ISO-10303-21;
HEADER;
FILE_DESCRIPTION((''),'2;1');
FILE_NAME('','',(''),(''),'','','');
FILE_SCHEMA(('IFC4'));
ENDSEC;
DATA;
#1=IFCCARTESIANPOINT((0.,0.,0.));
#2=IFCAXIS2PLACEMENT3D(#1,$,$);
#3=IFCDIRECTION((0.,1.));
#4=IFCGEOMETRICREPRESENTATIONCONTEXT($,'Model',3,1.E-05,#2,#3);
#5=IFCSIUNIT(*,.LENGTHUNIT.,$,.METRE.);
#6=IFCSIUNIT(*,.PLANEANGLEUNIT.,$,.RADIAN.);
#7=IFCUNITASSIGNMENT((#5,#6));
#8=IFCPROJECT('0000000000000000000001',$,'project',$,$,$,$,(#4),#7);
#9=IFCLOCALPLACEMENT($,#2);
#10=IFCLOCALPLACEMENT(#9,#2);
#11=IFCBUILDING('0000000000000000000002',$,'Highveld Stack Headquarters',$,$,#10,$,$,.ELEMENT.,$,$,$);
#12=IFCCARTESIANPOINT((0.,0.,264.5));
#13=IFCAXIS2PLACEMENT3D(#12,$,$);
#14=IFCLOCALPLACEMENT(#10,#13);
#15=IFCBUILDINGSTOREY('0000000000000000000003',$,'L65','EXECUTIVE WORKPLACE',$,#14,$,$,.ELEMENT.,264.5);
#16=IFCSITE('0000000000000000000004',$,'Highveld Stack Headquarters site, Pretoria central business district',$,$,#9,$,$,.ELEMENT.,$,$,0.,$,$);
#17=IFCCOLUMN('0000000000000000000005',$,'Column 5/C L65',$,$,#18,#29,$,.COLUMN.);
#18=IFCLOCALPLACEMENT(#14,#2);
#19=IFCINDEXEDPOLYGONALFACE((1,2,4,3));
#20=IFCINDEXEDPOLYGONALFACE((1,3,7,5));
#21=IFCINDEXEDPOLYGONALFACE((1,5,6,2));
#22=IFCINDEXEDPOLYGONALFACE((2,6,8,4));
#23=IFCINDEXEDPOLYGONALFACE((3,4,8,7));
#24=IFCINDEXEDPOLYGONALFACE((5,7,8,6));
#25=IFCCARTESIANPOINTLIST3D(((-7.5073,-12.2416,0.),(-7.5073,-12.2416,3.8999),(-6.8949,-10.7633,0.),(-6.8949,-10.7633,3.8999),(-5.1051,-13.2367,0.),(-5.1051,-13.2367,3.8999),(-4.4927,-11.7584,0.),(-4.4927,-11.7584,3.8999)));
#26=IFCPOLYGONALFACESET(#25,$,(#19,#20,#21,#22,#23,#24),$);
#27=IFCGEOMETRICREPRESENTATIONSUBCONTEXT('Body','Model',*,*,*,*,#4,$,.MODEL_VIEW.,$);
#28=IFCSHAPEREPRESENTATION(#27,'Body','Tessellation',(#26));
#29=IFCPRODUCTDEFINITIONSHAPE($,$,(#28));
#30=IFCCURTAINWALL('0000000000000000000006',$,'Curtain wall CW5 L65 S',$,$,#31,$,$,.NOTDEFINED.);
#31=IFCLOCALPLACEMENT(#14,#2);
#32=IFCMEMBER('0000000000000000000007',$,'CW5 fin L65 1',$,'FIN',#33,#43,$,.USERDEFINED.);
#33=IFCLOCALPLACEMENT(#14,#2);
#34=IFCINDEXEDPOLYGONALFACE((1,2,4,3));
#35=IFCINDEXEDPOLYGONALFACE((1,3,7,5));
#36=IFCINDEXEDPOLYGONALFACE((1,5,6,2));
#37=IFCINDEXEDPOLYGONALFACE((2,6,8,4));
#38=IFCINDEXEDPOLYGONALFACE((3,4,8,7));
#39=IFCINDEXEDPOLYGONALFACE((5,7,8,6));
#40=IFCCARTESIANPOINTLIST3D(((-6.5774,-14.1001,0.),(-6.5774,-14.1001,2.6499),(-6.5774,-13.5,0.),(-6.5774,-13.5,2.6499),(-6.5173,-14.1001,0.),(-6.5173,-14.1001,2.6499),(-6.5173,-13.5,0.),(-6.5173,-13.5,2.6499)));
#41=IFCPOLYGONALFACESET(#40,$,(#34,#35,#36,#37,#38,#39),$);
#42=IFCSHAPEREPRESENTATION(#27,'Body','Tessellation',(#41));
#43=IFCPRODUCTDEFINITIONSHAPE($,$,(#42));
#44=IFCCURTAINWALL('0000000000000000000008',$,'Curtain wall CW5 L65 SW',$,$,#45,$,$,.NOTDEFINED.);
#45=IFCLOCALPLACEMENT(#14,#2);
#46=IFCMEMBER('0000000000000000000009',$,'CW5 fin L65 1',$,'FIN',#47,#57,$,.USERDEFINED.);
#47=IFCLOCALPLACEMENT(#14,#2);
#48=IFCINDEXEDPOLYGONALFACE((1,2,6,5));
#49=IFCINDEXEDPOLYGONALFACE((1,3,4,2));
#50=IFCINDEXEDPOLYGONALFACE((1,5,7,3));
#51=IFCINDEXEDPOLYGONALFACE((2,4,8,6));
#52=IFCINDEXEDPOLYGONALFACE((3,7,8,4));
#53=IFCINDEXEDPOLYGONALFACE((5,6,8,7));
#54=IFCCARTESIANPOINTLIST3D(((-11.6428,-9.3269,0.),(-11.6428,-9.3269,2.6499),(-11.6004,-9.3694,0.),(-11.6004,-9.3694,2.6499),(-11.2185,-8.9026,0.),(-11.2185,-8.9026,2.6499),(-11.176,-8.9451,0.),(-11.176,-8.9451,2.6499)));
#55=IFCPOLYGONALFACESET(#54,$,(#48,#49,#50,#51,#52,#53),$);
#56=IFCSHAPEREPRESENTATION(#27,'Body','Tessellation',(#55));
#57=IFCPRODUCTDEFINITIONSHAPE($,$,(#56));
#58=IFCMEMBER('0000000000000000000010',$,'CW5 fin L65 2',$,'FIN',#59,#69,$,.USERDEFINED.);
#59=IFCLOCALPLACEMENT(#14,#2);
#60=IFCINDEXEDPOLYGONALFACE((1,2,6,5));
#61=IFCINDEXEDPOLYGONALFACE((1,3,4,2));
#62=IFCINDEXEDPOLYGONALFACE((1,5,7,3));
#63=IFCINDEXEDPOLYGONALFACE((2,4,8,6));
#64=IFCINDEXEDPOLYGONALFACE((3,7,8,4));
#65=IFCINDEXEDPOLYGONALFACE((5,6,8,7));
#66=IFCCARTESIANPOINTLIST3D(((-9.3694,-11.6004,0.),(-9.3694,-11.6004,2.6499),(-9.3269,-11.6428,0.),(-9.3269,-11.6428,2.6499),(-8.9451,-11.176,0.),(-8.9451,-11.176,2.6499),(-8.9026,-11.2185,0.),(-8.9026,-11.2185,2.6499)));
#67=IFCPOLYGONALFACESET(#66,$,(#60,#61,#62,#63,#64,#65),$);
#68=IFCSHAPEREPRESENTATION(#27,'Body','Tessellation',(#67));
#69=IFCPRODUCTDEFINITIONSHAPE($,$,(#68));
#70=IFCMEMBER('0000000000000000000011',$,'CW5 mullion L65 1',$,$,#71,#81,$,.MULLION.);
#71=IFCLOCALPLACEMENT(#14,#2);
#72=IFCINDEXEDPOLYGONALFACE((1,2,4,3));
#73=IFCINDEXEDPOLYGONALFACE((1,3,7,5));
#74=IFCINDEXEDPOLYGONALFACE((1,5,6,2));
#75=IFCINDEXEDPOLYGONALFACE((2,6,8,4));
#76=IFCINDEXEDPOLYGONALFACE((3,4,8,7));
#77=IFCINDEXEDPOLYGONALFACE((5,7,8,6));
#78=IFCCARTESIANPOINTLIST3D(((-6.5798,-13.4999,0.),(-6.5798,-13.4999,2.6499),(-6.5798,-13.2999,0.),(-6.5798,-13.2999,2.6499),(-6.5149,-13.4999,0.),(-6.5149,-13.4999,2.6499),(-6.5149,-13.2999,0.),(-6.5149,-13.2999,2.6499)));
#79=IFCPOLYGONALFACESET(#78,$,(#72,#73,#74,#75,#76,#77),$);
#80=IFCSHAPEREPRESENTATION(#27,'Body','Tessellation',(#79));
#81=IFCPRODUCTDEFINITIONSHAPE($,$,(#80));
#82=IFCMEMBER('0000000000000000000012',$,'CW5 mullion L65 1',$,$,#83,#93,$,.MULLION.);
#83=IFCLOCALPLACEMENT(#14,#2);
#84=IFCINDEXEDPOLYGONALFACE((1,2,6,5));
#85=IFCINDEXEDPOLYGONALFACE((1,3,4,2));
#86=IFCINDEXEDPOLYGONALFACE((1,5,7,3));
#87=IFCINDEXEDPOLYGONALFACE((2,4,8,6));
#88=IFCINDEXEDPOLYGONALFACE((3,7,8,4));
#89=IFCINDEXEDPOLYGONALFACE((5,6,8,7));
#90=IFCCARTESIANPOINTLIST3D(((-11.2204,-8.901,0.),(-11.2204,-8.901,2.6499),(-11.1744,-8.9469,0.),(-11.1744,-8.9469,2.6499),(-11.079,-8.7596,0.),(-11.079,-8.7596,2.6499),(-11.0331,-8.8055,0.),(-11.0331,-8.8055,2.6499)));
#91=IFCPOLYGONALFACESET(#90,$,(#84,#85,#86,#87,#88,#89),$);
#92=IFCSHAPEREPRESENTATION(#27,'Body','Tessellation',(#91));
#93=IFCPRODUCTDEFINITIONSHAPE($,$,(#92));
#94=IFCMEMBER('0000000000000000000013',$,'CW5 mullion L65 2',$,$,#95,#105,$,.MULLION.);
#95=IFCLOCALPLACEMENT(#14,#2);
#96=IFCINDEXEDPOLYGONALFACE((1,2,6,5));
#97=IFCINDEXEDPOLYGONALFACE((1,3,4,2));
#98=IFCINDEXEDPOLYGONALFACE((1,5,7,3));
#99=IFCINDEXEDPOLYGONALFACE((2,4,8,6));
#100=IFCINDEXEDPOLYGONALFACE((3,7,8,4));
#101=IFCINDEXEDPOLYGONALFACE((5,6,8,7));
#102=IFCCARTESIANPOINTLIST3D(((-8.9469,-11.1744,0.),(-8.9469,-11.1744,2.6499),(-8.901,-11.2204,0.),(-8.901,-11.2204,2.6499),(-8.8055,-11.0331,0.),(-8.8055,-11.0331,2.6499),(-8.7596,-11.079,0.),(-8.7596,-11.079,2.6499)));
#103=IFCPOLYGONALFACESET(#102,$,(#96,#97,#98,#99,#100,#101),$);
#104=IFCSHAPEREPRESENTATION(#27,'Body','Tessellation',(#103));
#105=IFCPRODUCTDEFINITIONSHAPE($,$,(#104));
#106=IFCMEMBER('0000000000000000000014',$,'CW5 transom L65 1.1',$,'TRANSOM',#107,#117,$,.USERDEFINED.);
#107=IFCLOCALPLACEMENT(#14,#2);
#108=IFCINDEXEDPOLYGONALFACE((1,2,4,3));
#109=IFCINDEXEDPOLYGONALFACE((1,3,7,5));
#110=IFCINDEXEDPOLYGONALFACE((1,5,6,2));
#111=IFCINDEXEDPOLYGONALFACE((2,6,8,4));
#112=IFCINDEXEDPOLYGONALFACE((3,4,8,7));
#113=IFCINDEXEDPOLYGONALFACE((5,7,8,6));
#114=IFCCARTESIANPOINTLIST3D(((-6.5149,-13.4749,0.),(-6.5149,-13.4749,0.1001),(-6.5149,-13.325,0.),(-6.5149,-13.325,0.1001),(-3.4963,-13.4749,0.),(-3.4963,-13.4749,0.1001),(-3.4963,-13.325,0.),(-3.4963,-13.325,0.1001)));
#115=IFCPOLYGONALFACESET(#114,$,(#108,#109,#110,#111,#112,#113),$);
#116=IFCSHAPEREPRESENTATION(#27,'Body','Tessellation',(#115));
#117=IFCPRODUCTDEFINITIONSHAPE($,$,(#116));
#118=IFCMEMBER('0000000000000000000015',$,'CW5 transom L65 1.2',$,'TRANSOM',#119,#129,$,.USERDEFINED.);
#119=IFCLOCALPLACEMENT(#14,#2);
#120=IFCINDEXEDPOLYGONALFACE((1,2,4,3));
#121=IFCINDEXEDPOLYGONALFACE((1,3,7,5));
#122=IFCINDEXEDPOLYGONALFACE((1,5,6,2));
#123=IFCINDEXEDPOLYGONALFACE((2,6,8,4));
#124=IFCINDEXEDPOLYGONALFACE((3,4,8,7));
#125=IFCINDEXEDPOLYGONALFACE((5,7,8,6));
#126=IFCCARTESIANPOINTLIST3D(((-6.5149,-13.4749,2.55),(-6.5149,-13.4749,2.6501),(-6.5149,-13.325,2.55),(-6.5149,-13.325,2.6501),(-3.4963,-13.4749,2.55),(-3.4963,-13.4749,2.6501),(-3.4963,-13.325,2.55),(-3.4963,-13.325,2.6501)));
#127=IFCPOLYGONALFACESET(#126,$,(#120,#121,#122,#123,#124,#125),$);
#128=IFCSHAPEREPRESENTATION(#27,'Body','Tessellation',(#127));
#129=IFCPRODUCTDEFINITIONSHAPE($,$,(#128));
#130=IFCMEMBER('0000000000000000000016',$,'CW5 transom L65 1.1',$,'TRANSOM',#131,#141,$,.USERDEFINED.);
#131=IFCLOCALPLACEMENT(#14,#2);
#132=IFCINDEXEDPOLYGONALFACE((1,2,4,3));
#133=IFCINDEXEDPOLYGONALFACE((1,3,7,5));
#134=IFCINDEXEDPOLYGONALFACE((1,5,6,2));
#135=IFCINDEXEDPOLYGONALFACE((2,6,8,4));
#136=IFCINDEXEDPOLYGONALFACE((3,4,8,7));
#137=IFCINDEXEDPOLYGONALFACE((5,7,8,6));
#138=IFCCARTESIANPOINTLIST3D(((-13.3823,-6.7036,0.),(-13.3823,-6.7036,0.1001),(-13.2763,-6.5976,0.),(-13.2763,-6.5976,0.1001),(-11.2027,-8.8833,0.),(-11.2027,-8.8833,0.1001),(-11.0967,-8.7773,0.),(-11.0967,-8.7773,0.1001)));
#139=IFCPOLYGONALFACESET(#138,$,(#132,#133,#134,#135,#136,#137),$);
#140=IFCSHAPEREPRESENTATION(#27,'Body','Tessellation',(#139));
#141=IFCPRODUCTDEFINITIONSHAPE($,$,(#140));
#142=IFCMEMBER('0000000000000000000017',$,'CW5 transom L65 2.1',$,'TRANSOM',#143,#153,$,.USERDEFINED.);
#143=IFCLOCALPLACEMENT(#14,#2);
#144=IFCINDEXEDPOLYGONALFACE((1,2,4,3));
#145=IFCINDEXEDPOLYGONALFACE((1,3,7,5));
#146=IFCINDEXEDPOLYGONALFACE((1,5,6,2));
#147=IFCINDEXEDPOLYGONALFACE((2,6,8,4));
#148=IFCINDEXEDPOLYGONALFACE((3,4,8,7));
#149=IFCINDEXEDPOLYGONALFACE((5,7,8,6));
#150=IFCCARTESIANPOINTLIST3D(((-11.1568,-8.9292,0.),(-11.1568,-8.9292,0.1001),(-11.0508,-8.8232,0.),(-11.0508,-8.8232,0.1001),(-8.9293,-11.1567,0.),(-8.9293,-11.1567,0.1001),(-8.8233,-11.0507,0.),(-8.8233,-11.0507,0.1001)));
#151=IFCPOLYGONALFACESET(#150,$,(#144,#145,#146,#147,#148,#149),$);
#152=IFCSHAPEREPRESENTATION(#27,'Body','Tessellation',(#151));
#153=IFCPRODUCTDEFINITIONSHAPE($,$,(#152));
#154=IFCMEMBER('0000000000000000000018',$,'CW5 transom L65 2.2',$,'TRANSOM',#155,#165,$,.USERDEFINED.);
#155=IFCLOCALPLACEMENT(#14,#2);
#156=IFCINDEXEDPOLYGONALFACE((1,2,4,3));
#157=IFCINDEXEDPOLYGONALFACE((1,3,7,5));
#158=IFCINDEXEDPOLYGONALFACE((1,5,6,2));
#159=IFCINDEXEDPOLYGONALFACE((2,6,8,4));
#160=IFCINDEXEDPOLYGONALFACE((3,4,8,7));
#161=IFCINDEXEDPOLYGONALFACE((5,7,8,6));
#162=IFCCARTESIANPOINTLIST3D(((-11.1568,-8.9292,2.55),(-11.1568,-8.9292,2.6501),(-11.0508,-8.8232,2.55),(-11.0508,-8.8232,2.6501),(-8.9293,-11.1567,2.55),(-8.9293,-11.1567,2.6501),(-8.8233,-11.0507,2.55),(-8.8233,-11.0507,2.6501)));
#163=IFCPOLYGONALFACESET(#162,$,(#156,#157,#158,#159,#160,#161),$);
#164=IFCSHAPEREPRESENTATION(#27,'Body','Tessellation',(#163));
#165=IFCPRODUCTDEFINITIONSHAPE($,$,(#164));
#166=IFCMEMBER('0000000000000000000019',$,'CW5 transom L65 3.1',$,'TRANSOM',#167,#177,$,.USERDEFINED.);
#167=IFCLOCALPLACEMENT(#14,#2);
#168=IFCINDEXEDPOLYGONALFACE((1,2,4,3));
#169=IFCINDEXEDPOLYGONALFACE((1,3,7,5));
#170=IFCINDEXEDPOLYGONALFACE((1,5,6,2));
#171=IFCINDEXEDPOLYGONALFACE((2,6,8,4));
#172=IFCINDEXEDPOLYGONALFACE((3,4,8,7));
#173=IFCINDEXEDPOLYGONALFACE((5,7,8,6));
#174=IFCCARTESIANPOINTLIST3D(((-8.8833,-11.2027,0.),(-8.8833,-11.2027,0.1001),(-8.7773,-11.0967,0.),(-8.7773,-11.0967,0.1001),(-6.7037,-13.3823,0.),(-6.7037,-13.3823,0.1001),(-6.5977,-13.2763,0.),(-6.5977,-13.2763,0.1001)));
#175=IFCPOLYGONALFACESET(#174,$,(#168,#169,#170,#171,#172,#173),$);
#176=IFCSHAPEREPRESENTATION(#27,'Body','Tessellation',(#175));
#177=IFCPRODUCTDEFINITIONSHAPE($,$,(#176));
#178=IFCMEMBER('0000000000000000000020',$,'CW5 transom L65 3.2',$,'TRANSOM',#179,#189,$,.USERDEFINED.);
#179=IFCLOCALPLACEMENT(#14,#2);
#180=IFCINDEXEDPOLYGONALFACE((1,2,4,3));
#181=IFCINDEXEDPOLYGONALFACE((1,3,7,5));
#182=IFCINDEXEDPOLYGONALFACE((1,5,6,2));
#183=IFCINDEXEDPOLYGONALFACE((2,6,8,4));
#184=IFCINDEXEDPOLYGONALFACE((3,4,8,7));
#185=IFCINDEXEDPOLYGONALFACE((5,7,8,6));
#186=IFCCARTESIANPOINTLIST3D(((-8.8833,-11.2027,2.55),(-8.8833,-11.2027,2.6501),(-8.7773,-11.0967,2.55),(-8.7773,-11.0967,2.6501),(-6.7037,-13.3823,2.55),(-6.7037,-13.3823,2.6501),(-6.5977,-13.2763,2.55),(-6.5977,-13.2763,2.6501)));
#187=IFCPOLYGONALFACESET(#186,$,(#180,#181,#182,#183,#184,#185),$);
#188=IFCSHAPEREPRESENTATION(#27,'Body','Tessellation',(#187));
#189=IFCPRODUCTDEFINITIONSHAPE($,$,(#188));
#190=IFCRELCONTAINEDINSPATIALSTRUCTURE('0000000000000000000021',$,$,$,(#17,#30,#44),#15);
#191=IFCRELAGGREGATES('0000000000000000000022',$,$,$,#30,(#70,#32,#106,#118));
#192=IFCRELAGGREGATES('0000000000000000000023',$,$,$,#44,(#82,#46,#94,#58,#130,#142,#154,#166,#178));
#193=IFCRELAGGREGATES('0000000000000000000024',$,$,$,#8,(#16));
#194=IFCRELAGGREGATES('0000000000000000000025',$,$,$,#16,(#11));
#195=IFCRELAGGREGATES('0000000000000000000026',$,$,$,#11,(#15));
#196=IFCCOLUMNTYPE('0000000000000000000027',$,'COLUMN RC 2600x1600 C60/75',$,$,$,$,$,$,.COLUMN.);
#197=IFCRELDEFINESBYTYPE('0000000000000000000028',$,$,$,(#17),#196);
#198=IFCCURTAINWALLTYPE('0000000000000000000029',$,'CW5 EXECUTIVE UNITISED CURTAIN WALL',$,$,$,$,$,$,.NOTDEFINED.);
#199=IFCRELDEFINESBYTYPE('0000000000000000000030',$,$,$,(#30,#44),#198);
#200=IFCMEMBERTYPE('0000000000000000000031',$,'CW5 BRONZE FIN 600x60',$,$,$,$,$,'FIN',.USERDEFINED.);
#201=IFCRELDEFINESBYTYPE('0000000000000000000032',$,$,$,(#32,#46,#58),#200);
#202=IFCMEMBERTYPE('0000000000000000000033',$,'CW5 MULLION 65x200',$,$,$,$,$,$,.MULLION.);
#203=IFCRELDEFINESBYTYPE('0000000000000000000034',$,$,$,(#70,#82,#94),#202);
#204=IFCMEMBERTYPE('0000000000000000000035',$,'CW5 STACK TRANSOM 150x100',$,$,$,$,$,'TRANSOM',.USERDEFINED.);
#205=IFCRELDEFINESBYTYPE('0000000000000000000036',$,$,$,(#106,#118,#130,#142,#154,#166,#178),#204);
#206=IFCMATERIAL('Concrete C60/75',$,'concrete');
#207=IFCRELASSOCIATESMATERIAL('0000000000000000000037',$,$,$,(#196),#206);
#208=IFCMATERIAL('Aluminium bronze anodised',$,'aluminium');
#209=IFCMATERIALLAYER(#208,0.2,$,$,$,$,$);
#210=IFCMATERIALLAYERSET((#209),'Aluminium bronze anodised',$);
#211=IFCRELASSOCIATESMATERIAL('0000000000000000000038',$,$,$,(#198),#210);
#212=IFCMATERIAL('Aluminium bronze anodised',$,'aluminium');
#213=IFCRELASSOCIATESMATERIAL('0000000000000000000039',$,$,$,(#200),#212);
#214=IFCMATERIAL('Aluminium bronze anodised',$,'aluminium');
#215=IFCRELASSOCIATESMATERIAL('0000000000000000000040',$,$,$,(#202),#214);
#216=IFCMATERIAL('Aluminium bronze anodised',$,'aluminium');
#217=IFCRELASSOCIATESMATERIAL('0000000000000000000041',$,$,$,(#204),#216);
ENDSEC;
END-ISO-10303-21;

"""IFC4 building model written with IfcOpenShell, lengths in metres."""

from ifc_helpers import new_model, si_unit, direction, frame, origin, origin_2d, place, context, subcontext, project, spatial, rectangle, extrude, material, layer, layer_set, material_profile, profile_set, type_object, element, aggregate, save


model = new_model("IFC4")

# Units and contexts
model_context = context("Model", 3, precision=1e-05, world=origin(), true_north=direction((0.0, 1.0)))
body_context = subcontext(model_context, "Body", "Model", "MODEL_VIEW")
ifc_project = project(units=[si_unit("LENGTHUNIT", "METRE"), si_unit("PLANEANGLEUNIT", "RADIAN")], contexts=[model_context])

# Site, building, storey
site_placement = place(None, origin())
site = spatial("IfcSite", under=ifc_project, at=site_placement, Name="Highveld Stack Headquarters site, Pretoria central business district", CompositionType="ELEMENT", RefElevation=0.0)
building_placement = place(site_placement, origin())
building = spatial("IfcBuilding", under=site, at=building_placement, Name="Highveld Stack Headquarters", CompositionType="ELEMENT")
storey_placement = place(building_placement, frame((0.0, 0.0, 264.5)))
storey = spatial("IfcBuildingStorey", under=building, at=storey_placement, Name="L65", Description="EXECUTIVE WORKPLACE", CompositionType="ELEMENT", Elevation=264.5)

# Column
ifc_material_1 = material(Name="Concrete C60/75", Category="concrete")
ifc_material_profile_1 = material_profile(ifc_material_1, rectangle(XDim=2.6001, YDim=1.6001, at=origin_2d()), Name="RC 2600x1600")
ifc_profile_set_1 = profile_set([ifc_material_profile_1], Name="Concrete C60/75")
column_type = type_object("IfcColumnType", Name="COLUMN RC 2600x1600 C60/75", PredefinedType="COLUMN", material=ifc_profile_set_1)
column_placement = place(storey_placement, frame((-6.0, -12.0, 0.0), z_axis=(0.0, 0.0, 1.0), x_axis=(-0.92388, 0.382683, 0.0)))
element("IfcColumn", 1, at=column_placement, inside=storey, type_object=column_type, Name="Column 5/C L65", PredefinedType="COLUMN", context=body_context, shape_type="SweptSolid", body=[
    extrude(rectangle(XDim=2.6001, YDim=1.6001, at=origin_2d()), origin(), (0.0, 0.0, 1.0), 3.8999),
])

# Curtain wall, member
ifc_material_2 = material(Name="Aluminium bronze anodised", Category="aluminium")
ifc_layer_1 = layer(ifc_material_2, 0.2)
ifc_layer_set_1 = layer_set([ifc_layer_1], Name="Aluminium bronze anodised")
curtain_wall_type = type_object("IfcCurtainWallType", Name="CW5 EXECUTIVE UNITISED CURTAIN WALL", PredefinedType="NOTDEFINED", material=ifc_layer_set_1)
curtain_wall_1_placement = place(storey_placement, origin())
curtain_wall_1 = element("IfcCurtainWall", 2, at=curtain_wall_1_placement, inside=storey, type_object=curtain_wall_type, Name="Curtain wall CW5 L65 S", PredefinedType="NOTDEFINED")
ifc_material_3 = material(Name="Aluminium bronze anodised", Category="aluminium")
ifc_material_profile_2 = material_profile(ifc_material_3, rectangle(XDim=0.6001, YDim=0.0601, at=origin_2d()), Name="FIN 600x60")
ifc_profile_set_2 = profile_set([ifc_material_profile_2], Name="Aluminium bronze anodised")
member_type_1 = type_object("IfcMemberType", Name="CW5 BRONZE FIN 600x60", ElementType="FIN", PredefinedType="USERDEFINED", material=ifc_profile_set_2)
member_1_placement = place(storey_placement, frame((-6.5474, -13.8, 0.0), z_axis=(0.0, 0.0, 1.0), x_axis=(0.0, 1.0, 0.0)))
member_1 = element("IfcMember", 3, at=member_1_placement, type_object=member_type_1, Name="CW5 fin L65 1", ObjectType="FIN", PredefinedType="USERDEFINED", context=body_context, shape_type="SweptSolid", body=[
    extrude(rectangle(XDim=0.6001, YDim=0.0601, at=origin_2d()), origin(), (0.0, 0.0, 1.0), 2.6499),
])

# Curtain wall, members
curtain_wall_2_placement = place(storey_placement, origin())
curtain_wall_2 = element("IfcCurtainWall", 4, at=curtain_wall_2_placement, inside=storey, type_object=curtain_wall_type, Name="Curtain wall CW5 L65 SW", PredefinedType="NOTDEFINED")
member_2_placement = place(storey_placement, frame((-11.4094, -9.136, 0.0), z_axis=(0.0, 0.0, 1.0), x_axis=(0.707107, 0.707107, 0.0)))
member_2 = element("IfcMember", 5, at=member_2_placement, type_object=member_type_1, Name="CW5 fin L65 1", ObjectType="FIN", PredefinedType="USERDEFINED", context=body_context, shape_type="SweptSolid", body=[
    extrude(rectangle(XDim=0.6001, YDim=0.0601, at=origin_2d()), origin(), (0.0, 0.0, 1.0), 2.6499),
])
member_3_placement = place(storey_placement, frame((-9.136, -11.4094, 0.0), z_axis=(0.0, 0.0, 1.0), x_axis=(0.707107, 0.707107, 0.0)))
member_3 = element("IfcMember", 6, at=member_3_placement, type_object=member_type_1, Name="CW5 fin L65 2", ObjectType="FIN", PredefinedType="USERDEFINED", context=body_context, shape_type="SweptSolid", body=[
    extrude(rectangle(XDim=0.6001, YDim=0.0601, at=origin_2d()), origin(), (0.0, 0.0, 1.0), 2.6499),
])

# Members
ifc_material_4 = material(Name="Aluminium bronze anodised", Category="aluminium")
ifc_material_profile_3 = material_profile(ifc_material_4, rectangle(XDim=0.2, YDim=0.0649, at=origin_2d()), Name="CW5 MULLION 65x200")
ifc_profile_set_3 = profile_set([ifc_material_profile_3], Name="Aluminium bronze anodised")
member_type_2 = type_object("IfcMemberType", Name="CW5 MULLION 65x200", PredefinedType="MULLION", material=ifc_profile_set_3)
member_4_placement = place(storey_placement, frame((-6.5474, -13.3999, 0.0), z_axis=(0.0, 0.0, 1.0), x_axis=(0.0, 1.0, 0.0)))
member_4 = element("IfcMember", 7, at=member_4_placement, type_object=member_type_2, Name="CW5 mullion L65 1", PredefinedType="MULLION", context=body_context, shape_type="SweptSolid", body=[
    extrude(rectangle(XDim=0.2, YDim=0.0649, at=origin_2d()), origin(), (0.0, 0.0, 1.0), 2.6499),
])
member_5_placement = place(storey_placement, frame((-11.1267, -8.8533, 0.0), z_axis=(0.0, 0.0, 1.0), x_axis=(0.707107, 0.707107, 0.0)))
member_5 = element("IfcMember", 8, at=member_5_placement, type_object=member_type_2, Name="CW5 mullion L65 1", PredefinedType="MULLION", context=body_context, shape_type="SweptSolid", body=[
    extrude(rectangle(XDim=0.2, YDim=0.0649, at=origin_2d()), origin(), (0.0, 0.0, 1.0), 2.6499),
])
member_6_placement = place(storey_placement, frame((-8.8533, -11.1267, 0.0), z_axis=(0.0, 0.0, 1.0), x_axis=(0.707107, 0.707107, 0.0)))
member_6 = element("IfcMember", 9, at=member_6_placement, type_object=member_type_2, Name="CW5 mullion L65 2", PredefinedType="MULLION", context=body_context, shape_type="SweptSolid", body=[
    extrude(rectangle(XDim=0.2, YDim=0.0649, at=origin_2d()), origin(), (0.0, 0.0, 1.0), 2.6499),
])
ifc_material_5 = material(Name="Aluminium bronze anodised", Category="aluminium")
ifc_material_profile_4 = material_profile(ifc_material_5, rectangle(XDim=0.1499, YDim=0.1001, at=origin_2d()), Name="CW5 TRANSOM 150x100")
ifc_profile_set_4 = profile_set([ifc_material_profile_4], Name="Aluminium bronze anodised")
member_type_3 = type_object("IfcMemberType", Name="CW5 STACK TRANSOM 150x100", ElementType="TRANSOM", PredefinedType="USERDEFINED", material=ifc_profile_set_4)
member_7_placement = place(storey_placement, frame((-6.5149, -13.3999, 0.05), z_axis=(1.0, 0.0, 0.0), x_axis=(0.0, 1.0, 0.0)))
member_7 = element("IfcMember", 10, at=member_7_placement, type_object=member_type_3, Name="CW5 transom L65 1.1", ObjectType="TRANSOM", PredefinedType="USERDEFINED", context=body_context, shape_type="SweptSolid", body=[
    extrude(rectangle(XDim=0.1499, YDim=0.1001, at=origin_2d()), origin(), (0.0, 0.0, 1.0), 3.0186),
])
member_8_placement = place(storey_placement, frame((-6.5149, -13.3999, 2.6001), z_axis=(1.0, 0.0, 0.0), x_axis=(0.0, 1.0, 0.0)))
member_8 = element("IfcMember", 11, at=member_8_placement, type_object=member_type_3, Name="CW5 transom L65 1.2", ObjectType="TRANSOM", PredefinedType="USERDEFINED", context=body_context, shape_type="SweptSolid", body=[
    extrude(rectangle(XDim=0.1499, YDim=0.1001, at=origin_2d()), origin(), (0.0, 0.0, 1.0), 3.0186),
])
aggregate(curtain_wall_1, [member_4, member_1, member_7, member_8])
member_9_placement = place(storey_placement, frame((-13.3293, -6.6506, 0.05), z_axis=(0.707107, -0.707107, 0.0), x_axis=(0.707107, 0.707107, 0.0)))
member_9 = element("IfcMember", 12, at=member_9_placement, type_object=member_type_3, Name="CW5 transom L65 1.1", ObjectType="TRANSOM", PredefinedType="USERDEFINED", context=body_context, shape_type="SweptSolid", body=[
    extrude(rectangle(XDim=0.1499, YDim=0.1001, at=origin_2d()), origin(), (0.0, 0.0, 1.0), 3.0825),
])
member_10_placement = place(storey_placement, frame((-11.1038, -8.8762, 0.05), z_axis=(0.707107, -0.707107, 0.0), x_axis=(0.707107, 0.707107, 0.0)))
member_10 = element("IfcMember", 13, at=member_10_placement, type_object=member_type_3, Name="CW5 transom L65 2.1", ObjectType="TRANSOM", PredefinedType="USERDEFINED", context=body_context, shape_type="SweptSolid", body=[
    extrude(rectangle(XDim=0.1499, YDim=0.1001, at=origin_2d()), origin(), (0.0, 0.0, 1.0), 3.1501),
])
member_11_placement = place(storey_placement, frame((-11.1038, -8.8762, 2.6001), z_axis=(0.707107, -0.707107, 0.0), x_axis=(0.707107, 0.707107, 0.0)))
member_11 = element("IfcMember", 14, at=member_11_placement, type_object=member_type_3, Name="CW5 transom L65 2.2", ObjectType="TRANSOM", PredefinedType="USERDEFINED", context=body_context, shape_type="SweptSolid", body=[
    extrude(rectangle(XDim=0.1499, YDim=0.1001, at=origin_2d()), origin(), (0.0, 0.0, 1.0), 3.1501),
])
member_12_placement = place(storey_placement, frame((-8.8303, -11.1497, 0.05), z_axis=(0.707107, -0.707107, 0.0), x_axis=(0.707107, 0.707107, 0.0)))
member_12 = element("IfcMember", 15, at=member_12_placement, type_object=member_type_3, Name="CW5 transom L65 3.1", ObjectType="TRANSOM", PredefinedType="USERDEFINED", context=body_context, shape_type="SweptSolid", body=[
    extrude(rectangle(XDim=0.1499, YDim=0.1001, at=origin_2d()), origin(), (0.0, 0.0, 1.0), 3.0825),
])
member_13_placement = place(storey_placement, frame((-8.8303, -11.1497, 2.6001), z_axis=(0.707107, -0.707107, 0.0), x_axis=(0.707107, 0.707107, 0.0)))
member_13 = element("IfcMember", 16, at=member_13_placement, type_object=member_type_3, Name="CW5 transom L65 3.2", ObjectType="TRANSOM", PredefinedType="USERDEFINED", context=body_context, shape_type="SweptSolid", body=[
    extrude(rectangle(XDim=0.1499, YDim=0.1001, at=origin_2d()), origin(), (0.0, 0.0, 1.0), 3.0825),
])

aggregate(curtain_wall_2, [member_5, member_2, member_6, member_3, member_9, member_10, member_11, member_12, member_13])

save(model, "model.ifc")
